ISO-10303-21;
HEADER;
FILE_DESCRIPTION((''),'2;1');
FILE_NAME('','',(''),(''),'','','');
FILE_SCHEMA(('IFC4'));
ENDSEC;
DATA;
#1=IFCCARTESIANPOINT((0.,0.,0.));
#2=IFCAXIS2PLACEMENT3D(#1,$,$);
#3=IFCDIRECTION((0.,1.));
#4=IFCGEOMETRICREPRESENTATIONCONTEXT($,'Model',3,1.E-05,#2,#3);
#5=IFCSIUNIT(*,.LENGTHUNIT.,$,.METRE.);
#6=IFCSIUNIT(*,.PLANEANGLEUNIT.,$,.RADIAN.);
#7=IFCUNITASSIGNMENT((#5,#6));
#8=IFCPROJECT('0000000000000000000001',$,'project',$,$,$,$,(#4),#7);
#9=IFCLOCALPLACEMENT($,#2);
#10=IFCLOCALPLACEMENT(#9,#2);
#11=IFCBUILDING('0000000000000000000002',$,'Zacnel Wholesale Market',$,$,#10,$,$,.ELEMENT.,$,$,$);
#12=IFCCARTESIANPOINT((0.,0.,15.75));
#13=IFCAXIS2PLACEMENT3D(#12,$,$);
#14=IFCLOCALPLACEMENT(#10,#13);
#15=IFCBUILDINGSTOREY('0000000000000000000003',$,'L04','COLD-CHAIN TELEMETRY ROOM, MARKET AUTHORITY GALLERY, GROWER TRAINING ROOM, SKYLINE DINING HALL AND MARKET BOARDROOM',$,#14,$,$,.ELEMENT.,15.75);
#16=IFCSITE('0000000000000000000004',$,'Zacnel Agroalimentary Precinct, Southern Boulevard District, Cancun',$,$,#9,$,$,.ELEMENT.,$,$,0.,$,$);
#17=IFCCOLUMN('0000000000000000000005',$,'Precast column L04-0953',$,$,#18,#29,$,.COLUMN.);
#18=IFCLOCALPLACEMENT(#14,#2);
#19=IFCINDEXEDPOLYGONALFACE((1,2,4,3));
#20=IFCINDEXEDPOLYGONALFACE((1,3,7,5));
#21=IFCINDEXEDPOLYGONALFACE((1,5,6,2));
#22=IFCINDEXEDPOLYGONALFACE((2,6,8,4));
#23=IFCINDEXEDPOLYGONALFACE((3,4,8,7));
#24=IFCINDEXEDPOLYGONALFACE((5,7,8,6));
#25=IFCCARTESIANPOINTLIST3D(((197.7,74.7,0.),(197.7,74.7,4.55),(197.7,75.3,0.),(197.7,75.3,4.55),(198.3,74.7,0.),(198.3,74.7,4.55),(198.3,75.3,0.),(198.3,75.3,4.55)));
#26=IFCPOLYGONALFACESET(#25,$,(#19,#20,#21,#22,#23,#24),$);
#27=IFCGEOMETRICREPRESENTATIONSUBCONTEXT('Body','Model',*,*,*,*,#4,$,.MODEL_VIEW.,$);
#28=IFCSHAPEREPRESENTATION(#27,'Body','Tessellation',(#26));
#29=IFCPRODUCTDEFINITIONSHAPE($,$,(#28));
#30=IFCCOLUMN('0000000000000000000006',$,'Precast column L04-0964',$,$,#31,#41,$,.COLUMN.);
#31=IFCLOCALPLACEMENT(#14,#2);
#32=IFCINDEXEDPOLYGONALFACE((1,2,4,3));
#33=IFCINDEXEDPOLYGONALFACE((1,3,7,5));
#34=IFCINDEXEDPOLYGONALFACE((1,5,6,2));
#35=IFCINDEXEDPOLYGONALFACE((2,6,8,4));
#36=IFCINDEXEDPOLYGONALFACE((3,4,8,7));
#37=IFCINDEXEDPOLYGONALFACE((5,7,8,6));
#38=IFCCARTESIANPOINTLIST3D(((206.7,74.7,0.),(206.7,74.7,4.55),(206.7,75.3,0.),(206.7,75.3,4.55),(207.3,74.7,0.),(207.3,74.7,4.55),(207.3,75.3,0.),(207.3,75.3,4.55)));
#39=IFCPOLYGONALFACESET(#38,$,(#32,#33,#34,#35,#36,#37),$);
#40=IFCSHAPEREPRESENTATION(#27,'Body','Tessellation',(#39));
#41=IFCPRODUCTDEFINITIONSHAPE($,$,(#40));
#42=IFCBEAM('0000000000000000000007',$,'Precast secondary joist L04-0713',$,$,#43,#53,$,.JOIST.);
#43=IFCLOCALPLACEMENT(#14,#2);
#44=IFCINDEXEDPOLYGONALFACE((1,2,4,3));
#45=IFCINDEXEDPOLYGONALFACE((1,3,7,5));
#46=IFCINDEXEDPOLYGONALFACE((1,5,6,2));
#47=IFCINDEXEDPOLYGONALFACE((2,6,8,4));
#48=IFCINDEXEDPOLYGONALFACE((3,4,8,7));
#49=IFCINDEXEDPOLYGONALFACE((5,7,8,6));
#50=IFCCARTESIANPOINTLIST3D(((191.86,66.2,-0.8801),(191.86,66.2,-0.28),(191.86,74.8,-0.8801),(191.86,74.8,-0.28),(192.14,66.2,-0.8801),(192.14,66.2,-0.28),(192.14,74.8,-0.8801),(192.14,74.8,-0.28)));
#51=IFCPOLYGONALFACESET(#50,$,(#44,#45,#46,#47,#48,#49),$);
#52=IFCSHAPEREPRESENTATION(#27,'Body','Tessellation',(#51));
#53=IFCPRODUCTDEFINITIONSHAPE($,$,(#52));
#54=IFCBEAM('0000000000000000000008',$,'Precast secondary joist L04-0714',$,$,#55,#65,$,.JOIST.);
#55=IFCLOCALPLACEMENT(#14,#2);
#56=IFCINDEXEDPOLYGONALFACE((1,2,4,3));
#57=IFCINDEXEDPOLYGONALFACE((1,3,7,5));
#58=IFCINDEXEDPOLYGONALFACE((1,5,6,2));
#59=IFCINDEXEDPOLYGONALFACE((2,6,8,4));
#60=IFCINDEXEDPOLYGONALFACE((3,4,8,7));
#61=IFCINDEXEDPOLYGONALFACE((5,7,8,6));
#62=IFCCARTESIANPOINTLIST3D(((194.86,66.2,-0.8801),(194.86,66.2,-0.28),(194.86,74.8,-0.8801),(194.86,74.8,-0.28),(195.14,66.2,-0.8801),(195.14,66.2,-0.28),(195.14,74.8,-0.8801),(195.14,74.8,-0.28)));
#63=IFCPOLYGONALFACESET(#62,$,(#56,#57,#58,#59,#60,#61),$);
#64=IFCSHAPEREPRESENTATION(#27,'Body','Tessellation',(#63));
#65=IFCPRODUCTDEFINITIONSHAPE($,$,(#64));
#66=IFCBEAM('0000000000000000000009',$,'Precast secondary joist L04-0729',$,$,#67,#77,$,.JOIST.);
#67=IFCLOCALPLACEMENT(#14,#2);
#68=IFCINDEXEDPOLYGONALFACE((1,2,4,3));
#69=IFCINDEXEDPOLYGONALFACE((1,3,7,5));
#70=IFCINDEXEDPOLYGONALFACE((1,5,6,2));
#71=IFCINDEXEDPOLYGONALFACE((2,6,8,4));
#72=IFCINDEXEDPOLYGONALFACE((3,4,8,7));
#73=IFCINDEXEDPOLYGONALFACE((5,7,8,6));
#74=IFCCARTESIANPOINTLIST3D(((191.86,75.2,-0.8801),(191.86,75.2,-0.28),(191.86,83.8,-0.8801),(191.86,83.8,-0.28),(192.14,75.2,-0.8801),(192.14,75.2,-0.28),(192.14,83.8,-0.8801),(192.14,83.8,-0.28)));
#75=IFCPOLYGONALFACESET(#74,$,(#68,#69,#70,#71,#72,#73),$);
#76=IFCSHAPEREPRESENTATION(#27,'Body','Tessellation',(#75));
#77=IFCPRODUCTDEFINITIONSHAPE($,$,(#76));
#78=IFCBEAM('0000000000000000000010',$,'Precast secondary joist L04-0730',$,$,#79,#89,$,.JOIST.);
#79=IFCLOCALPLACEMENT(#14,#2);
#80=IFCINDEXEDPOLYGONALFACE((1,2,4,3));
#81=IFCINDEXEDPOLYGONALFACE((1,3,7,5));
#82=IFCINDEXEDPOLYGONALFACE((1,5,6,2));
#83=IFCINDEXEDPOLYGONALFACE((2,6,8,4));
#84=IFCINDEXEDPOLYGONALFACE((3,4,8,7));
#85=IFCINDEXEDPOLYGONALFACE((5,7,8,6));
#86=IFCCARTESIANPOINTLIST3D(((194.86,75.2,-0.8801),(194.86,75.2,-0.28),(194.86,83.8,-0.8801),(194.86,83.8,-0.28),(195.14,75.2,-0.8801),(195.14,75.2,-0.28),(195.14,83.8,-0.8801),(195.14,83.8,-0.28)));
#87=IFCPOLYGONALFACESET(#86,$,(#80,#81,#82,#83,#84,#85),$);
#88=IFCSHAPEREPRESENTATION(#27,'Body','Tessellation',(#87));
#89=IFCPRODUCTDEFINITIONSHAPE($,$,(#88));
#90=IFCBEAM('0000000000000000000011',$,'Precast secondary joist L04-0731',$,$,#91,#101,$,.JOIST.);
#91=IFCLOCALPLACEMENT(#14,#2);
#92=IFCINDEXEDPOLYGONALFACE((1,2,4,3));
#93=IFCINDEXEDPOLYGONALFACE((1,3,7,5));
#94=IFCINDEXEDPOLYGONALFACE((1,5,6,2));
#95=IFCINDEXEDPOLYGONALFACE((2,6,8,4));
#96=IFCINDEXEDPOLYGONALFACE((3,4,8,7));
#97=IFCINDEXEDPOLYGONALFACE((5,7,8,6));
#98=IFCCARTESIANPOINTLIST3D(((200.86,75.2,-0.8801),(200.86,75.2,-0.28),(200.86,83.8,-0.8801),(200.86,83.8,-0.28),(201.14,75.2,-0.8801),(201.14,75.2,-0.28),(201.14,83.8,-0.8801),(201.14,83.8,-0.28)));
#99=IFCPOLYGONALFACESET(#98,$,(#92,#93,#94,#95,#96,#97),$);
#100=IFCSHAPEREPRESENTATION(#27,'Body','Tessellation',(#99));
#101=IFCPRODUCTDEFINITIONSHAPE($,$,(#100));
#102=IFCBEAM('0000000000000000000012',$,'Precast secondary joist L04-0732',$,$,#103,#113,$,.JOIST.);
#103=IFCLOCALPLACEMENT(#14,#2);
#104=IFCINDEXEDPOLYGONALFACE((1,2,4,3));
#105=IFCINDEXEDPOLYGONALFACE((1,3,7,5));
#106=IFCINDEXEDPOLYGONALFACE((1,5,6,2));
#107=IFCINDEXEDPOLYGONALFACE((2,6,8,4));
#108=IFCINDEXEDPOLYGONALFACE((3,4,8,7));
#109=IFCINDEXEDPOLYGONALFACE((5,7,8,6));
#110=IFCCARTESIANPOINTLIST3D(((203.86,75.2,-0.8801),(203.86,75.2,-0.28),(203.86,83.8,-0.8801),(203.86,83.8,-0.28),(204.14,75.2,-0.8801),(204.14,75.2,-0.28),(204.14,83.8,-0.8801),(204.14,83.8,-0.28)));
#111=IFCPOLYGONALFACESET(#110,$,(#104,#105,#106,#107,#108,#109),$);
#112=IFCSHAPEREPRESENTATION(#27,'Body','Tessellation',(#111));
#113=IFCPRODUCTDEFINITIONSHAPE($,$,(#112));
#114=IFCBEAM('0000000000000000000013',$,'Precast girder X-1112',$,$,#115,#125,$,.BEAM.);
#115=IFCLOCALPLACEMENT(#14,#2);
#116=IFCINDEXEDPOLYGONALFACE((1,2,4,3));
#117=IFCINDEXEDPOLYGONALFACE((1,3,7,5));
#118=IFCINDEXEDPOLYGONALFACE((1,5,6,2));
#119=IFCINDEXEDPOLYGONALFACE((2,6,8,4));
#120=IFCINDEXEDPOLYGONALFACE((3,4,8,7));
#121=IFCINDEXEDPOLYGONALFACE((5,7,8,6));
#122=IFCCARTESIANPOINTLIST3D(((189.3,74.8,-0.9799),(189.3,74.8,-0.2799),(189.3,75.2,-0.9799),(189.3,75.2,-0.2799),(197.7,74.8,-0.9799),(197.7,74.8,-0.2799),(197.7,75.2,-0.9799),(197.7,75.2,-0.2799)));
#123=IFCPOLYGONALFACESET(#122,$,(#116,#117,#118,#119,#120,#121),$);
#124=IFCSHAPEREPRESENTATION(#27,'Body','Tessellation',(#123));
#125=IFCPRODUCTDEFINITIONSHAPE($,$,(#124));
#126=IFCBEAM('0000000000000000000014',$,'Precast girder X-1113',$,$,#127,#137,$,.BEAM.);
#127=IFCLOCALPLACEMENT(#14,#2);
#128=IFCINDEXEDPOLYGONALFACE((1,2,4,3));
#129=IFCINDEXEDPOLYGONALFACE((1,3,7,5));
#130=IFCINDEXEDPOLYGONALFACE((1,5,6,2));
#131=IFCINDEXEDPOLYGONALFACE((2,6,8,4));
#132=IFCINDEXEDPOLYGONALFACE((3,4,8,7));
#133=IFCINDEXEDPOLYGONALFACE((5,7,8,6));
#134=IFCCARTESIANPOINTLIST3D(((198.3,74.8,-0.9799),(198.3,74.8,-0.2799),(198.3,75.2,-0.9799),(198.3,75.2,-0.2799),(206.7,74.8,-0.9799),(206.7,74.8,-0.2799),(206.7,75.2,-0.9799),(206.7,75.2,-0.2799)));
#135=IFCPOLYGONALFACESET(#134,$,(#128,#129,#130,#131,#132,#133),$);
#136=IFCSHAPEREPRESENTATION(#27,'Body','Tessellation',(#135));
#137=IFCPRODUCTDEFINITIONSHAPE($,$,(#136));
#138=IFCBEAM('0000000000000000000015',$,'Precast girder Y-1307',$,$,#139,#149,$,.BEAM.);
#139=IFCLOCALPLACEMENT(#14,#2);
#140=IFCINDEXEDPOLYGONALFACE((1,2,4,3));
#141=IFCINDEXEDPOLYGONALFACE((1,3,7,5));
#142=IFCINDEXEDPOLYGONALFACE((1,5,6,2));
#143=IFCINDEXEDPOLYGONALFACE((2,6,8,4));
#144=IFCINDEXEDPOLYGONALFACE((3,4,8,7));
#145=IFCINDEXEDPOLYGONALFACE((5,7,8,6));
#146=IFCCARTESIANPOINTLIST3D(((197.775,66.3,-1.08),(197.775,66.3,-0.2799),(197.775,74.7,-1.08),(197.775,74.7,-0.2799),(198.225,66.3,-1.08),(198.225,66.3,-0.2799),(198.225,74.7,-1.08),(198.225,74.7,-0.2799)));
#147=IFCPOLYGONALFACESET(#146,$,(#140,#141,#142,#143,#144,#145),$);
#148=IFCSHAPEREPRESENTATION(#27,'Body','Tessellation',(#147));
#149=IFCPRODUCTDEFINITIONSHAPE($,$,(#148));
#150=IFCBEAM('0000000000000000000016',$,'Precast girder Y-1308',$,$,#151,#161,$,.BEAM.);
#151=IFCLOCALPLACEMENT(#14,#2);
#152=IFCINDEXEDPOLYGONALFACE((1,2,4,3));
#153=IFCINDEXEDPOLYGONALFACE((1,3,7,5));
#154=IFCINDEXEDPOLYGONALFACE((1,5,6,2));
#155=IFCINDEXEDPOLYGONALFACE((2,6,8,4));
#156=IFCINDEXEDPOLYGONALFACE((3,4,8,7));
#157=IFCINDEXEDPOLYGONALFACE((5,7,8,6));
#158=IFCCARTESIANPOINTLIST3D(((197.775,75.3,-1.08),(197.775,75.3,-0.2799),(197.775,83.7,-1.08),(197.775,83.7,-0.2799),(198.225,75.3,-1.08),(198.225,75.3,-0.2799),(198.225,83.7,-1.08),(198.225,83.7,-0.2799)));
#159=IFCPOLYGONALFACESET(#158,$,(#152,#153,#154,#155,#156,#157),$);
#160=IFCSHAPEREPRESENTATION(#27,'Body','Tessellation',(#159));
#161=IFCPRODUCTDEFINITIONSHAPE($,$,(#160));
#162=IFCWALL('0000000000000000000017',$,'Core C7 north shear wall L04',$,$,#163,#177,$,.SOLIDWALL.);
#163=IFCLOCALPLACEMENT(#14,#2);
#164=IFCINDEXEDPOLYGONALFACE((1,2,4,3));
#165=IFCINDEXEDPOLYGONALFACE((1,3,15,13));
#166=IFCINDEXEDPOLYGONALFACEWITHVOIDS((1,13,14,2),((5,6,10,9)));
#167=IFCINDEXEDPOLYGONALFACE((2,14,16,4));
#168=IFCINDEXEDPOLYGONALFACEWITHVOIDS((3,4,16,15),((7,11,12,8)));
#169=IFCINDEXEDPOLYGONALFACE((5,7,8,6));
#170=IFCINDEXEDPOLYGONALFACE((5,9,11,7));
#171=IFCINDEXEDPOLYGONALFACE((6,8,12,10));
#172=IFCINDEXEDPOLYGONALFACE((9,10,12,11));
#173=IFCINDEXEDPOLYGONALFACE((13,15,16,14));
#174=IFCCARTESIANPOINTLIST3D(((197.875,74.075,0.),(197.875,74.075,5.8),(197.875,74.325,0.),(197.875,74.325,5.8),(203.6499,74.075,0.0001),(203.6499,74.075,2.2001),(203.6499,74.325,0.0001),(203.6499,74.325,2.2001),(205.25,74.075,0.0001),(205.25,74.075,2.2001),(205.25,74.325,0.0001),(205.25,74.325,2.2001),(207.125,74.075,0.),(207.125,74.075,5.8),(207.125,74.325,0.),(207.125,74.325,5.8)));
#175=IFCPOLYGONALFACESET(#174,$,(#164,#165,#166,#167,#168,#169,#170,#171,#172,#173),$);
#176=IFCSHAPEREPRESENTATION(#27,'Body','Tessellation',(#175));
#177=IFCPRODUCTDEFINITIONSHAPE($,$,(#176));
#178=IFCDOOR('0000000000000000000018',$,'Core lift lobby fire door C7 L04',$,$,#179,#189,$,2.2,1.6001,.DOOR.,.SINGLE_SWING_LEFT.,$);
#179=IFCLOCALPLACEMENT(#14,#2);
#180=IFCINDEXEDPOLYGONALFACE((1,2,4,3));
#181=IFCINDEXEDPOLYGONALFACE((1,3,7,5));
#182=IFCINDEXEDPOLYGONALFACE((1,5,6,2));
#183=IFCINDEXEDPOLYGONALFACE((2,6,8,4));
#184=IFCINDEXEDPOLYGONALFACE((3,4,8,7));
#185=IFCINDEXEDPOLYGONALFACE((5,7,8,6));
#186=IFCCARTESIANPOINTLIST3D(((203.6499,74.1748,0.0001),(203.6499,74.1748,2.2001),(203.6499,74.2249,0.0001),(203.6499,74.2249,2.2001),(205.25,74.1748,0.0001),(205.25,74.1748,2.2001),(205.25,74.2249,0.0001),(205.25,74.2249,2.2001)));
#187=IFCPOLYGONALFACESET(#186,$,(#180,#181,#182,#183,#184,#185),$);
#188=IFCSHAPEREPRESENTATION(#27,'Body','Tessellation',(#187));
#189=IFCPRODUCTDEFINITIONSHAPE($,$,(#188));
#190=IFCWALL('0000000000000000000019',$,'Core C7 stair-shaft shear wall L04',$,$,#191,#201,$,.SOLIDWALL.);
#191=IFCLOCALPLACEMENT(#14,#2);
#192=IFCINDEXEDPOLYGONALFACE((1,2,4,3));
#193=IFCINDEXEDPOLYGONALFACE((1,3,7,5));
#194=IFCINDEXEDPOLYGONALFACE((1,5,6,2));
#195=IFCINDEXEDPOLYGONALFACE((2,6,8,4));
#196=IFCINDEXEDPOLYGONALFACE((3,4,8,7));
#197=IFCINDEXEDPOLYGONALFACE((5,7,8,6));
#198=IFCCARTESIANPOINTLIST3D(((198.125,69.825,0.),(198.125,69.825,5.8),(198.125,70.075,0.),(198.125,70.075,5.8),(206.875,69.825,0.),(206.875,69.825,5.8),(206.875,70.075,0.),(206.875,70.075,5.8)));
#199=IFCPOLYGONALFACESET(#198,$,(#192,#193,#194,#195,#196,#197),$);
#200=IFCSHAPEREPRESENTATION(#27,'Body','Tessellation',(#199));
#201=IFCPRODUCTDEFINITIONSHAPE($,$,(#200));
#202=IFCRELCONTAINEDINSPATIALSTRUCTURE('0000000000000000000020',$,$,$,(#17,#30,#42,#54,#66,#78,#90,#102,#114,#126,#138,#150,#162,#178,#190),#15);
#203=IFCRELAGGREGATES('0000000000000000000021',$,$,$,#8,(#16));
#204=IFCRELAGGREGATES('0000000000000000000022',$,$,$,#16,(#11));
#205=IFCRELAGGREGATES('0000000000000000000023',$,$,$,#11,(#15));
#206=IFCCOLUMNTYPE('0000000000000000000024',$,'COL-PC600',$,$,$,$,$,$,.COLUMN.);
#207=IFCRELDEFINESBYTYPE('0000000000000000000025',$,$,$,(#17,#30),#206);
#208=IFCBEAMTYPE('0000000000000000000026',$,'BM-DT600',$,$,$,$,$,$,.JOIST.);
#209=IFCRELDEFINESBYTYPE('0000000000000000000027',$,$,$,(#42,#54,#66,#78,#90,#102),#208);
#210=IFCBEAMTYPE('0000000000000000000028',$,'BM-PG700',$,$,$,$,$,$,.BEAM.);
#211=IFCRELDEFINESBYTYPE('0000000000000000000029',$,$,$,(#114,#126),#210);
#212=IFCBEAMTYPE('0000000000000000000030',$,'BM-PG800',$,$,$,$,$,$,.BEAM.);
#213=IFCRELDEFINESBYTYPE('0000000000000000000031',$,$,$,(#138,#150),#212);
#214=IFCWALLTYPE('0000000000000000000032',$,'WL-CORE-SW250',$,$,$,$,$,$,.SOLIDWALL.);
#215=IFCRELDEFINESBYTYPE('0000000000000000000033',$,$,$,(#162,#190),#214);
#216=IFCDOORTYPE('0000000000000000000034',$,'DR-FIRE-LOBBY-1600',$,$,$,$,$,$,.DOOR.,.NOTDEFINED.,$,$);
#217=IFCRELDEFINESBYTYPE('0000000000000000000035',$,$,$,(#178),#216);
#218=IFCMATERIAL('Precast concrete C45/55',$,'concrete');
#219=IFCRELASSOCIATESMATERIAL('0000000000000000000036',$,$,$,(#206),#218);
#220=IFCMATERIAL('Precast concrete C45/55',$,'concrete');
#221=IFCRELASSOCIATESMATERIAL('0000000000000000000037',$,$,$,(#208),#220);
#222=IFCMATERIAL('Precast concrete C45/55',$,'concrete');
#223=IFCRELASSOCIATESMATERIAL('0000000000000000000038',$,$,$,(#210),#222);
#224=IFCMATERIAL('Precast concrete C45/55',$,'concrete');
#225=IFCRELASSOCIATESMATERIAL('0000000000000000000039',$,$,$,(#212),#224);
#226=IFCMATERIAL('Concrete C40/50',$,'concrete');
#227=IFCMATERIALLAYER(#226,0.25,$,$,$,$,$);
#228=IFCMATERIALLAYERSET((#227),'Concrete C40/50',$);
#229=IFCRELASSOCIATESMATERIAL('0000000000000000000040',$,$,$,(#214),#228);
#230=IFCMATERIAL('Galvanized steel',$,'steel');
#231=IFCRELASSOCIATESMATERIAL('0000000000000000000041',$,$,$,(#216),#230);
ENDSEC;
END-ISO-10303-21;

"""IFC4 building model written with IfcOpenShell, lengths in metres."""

from ifc_helpers import new_model, si_unit, direction, frame, frame_2d, origin, origin_2d, place, context, subcontext, project, spatial, rectangle, extrude, material, layer, layer_set, material_profile, profile_set, type_object, element, fill, save


model = new_model("IFC4")

# Units and contexts
model_context = context("Model", 3, precision=1e-05, world=origin(), true_north=direction((0.0, 1.0)))
body_context = subcontext(model_context, "Body", "Model", "MODEL_VIEW")
ifc_project = project(units=[si_unit("LENGTHUNIT", "METRE"), si_unit("PLANEANGLEUNIT", "RADIAN")], contexts=[model_context])

# Site, building, storey
site_placement = place(None, origin())
site = spatial("IfcSite", under=ifc_project, at=site_placement, Name="Zacnel Agroalimentary Precinct, Southern Boulevard District, Cancun", CompositionType="ELEMENT", RefElevation=0.0)
building_placement = place(site_placement, origin())
building = spatial("IfcBuilding", under=site, at=building_placement, Name="Zacnel Wholesale Market", CompositionType="ELEMENT")
storey_placement = place(building_placement, frame((0.0, 0.0, 15.75)))
storey = spatial("IfcBuildingStorey", under=building, at=storey_placement, Name="L04", Description="COLD-CHAIN TELEMETRY ROOM, MARKET AUTHORITY GALLERY, GROWER TRAINING ROOM, SKYLINE DINING HALL AND MARKET BOARDROOM", CompositionType="ELEMENT", Elevation=15.75)

# Columns
ifc_material_1 = material(Name="Precast concrete C45/55", Category="concrete")
ifc_material_profile_1 = material_profile(ifc_material_1, rectangle(XDim=0.6001, YDim=0.6001, at=origin_2d()), Name="PC 600x600")
ifc_profile_set_1 = profile_set([ifc_material_profile_1], Name="Precast concrete C45/55")
column_type = type_object("IfcColumnType", Name="COL-PC600", PredefinedType="COLUMN", material=ifc_profile_set_1)
for number, where, z_axis, x_axis, name in (
    (1, (198.0, 75.0, 0.0), (0.0, 0.0, 1.0), (1.0, 0.0, 0.0), "Precast column L04-0953"),
    (2, (207.0, 75.0, 0.0), (0.0, 0.0, 1.0), (1.0, 0.0, 0.0), "Precast column L04-0964"),
):
    element("IfcColumn", number, at=place(storey_placement, frame(where, z_axis=z_axis, x_axis=x_axis)), inside=storey, type_object=column_type, Name=name, PredefinedType="COLUMN", context=body_context, shape_type="SweptSolid", body=[
        extrude(rectangle(XDim=0.6001, YDim=0.6001, at=origin_2d()), origin(), (0.0, 0.0, 1.0), 4.55),
    ])

# Beams
ifc_material_2 = material(Name="Precast concrete C45/55", Category="concrete")
ifc_material_profile_2 = material_profile(ifc_material_2, rectangle(XDim=0.28, YDim=0.6001, at=origin_2d()), Name="DT RIB 280x600")
ifc_profile_set_2 = profile_set([ifc_material_profile_2], Name="Precast concrete C45/55")
beam_type_1 = type_object("IfcBeamType", Name="BM-DT600", PredefinedType="JOIST", material=ifc_profile_set_2)
for number, where, z_axis, x_axis, name in (
    (3, (192.0, 66.2, -0.5801), (0.0, 1.0, 0.0), (-1.0, 0.0, 0.0), "Precast secondary joist L04-0713"),
    (4, (195.0, 66.2, -0.5801), (0.0, 1.0, 0.0), (-1.0, 0.0, 0.0), "Precast secondary joist L04-0714"),
    (5, (192.0, 75.2, -0.5801), (0.0, 1.0, 0.0), (-1.0, 0.0, 0.0), "Precast secondary joist L04-0729"),
    (6, (195.0, 75.2, -0.5801), (0.0, 1.0, 0.0), (-1.0, 0.0, 0.0), "Precast secondary joist L04-0730"),
    (7, (201.0, 75.2, -0.5801), (0.0, 1.0, 0.0), (-1.0, 0.0, 0.0), "Precast secondary joist L04-0731"),
    (8, (204.0, 75.2, -0.5801), (0.0, 1.0, 0.0), (-1.0, 0.0, 0.0), "Precast secondary joist L04-0732"),
):
    element("IfcBeam", number, at=place(storey_placement, frame(where, z_axis=z_axis, x_axis=x_axis)), inside=storey, type_object=beam_type_1, Name=name, PredefinedType="JOIST", context=body_context, shape_type="SweptSolid", body=[
        extrude(rectangle(XDim=0.28, YDim=0.6001, at=origin_2d()), origin(), (0.0, 0.0, 1.0), 8.6001),
    ])
ifc_material_3 = material(Name="Precast concrete C45/55", Category="concrete")
ifc_material_profile_3 = material_profile(ifc_material_3, rectangle(XDim=0.3999, YDim=0.7, at=origin_2d()), Name="PG 400x700")
ifc_profile_set_3 = profile_set([ifc_material_profile_3], Name="Precast concrete C45/55")
beam_type_2 = type_object("IfcBeamType", Name="BM-PG700", PredefinedType="BEAM", material=ifc_profile_set_3)
for number, where, z_axis, x_axis, name in (
    (9, (189.3, 75.0, -0.6299), (1.0, 0.0, 0.0), (0.0, 1.0, 0.0), "Precast girder X-1112"),
    (10, (198.3, 75.0, -0.6299), (1.0, 0.0, 0.0), (0.0, 1.0, 0.0), "Precast girder X-1113"),
):
    element("IfcBeam", number, at=place(storey_placement, frame(where, z_axis=z_axis, x_axis=x_axis)), inside=storey, type_object=beam_type_2, Name=name, PredefinedType="BEAM", context=body_context, shape_type="SweptSolid", body=[
        extrude(rectangle(XDim=0.3999, YDim=0.7, at=origin_2d()), origin(), (0.0, 0.0, 1.0), 8.3999),
    ])
ifc_material_4 = material(Name="Precast concrete C45/55", Category="concrete")
ifc_material_profile_4 = material_profile(ifc_material_4, rectangle(XDim=0.45, YDim=0.8, at=origin_2d()), Name="PG 450x800")
ifc_profile_set_4 = profile_set([ifc_material_profile_4], Name="Precast concrete C45/55")
beam_type_3 = type_object("IfcBeamType", Name="BM-PG800", PredefinedType="BEAM", material=ifc_profile_set_4)
for number, where, z_axis, x_axis, name in (
    (11, (198.0, 66.3, -0.6799), (0.0, 1.0, 0.0), (-1.0, 0.0, 0.0), "Precast girder Y-1307"),
    (12, (198.0, 75.3, -0.6799), (0.0, 1.0, 0.0), (-1.0, 0.0, 0.0), "Precast girder Y-1308"),
):
    element("IfcBeam", number, at=place(storey_placement, frame(where, z_axis=z_axis, x_axis=x_axis)), inside=storey, type_object=beam_type_3, Name=name, PredefinedType="BEAM", context=body_context, shape_type="SweptSolid", body=[
        extrude(rectangle(XDim=0.45, YDim=0.8, at=origin_2d()), origin(), (0.0, 0.0, 1.0), 8.3999),
    ])

# Wall, opening, door
ifc_material_5 = material(Name="Concrete C40/50", Category="concrete")
ifc_layer = layer(ifc_material_5, 0.25)
ifc_layer_set = layer_set([ifc_layer], Name="Concrete C40/50")
wall_type = type_object("IfcWallType", Name="WL-CORE-SW250", PredefinedType="SOLIDWALL", material=ifc_layer_set)
wall_1_placement = place(storey_placement, frame((197.875, 74.2, 0.0), z_axis=(0.0, 0.0, 1.0), x_axis=(1.0, 0.0, 0.0)))
wall_1 = element("IfcWall", 13, at=wall_1_placement, inside=storey, type_object=wall_type, Name="Core C7 north shear wall L04", PredefinedType="SOLIDWALL", context=body_context, shape_type="SweptSolid", body=[
    extrude(rectangle(XDim=9.25, YDim=0.25, at=frame_2d((4.625, 0.0))), origin(), (0.0, 0.0, 1.0), 5.8),
])
opening_1_placement = place(wall_1_placement, frame((5.7749, 0.0, 0.0)))
opening_1 = element("IfcOpeningElement", 14, at=opening_1_placement, cuts=wall_1, PredefinedType="OPENING", context=body_context, shape_type="SweptSolid", body=[
    extrude(rectangle(XDim=1.6001, YDim=2.2, at=frame_2d((0.8, 1.1001))), frame((0.0, 0.135, 0.0), z_axis=(0.0, -1.0, 0.0), x_axis=(1.0, 0.0, 0.0)), (0.0, 0.0, 1.0), 0.27),
])
ifc_material_6 = material(Name="Galvanized steel", Category="steel")
door_type_1 = type_object("IfcDoorType", Name="DR-FIRE-LOBBY-1600", OperationType="NOTDEFINED", PredefinedType="DOOR", material=ifc_material_6)
door_1_placement = place(opening_1_placement, origin())
door_1 = element("IfcDoor", 15, at=door_1_placement, inside=storey, type_object=door_type_1, Name="Core lift lobby fire door C7 L04", OperationType="SINGLE_SWING_LEFT", OverallHeight=2.2, OverallWidth=1.6001, PredefinedType="DOOR", context=body_context, shape_type="SweptSolid", body=[
    extrude(rectangle(XDim=1.6001, YDim=2.2, at=frame_2d((0.8, 1.1001))), frame((0.0, 0.0249, 0.0), z_axis=(0.0, -1.0, 0.0), x_axis=(1.0, 0.0, 0.0)), (0.0, 0.0, 1.0), 0.05),
])
fill(opening_1, door_1)

# Wall
wall_2_placement = place(storey_placement, frame((198.125, 69.95, 0.0), z_axis=(0.0, 0.0, 1.0), x_axis=(1.0, 0.0, 0.0)))
element("IfcWall", 16, at=wall_2_placement, inside=storey, type_object=wall_type, Name="Core C7 stair-shaft shear wall L04", PredefinedType="SOLIDWALL", context=body_context, shape_type="SweptSolid", body=[
    extrude(rectangle(XDim=8.75, YDim=0.25, at=frame_2d((4.375, 0.0))), origin(), (0.0, 0.0, 1.0), 5.8),
])

save(model, "model.ifc")
